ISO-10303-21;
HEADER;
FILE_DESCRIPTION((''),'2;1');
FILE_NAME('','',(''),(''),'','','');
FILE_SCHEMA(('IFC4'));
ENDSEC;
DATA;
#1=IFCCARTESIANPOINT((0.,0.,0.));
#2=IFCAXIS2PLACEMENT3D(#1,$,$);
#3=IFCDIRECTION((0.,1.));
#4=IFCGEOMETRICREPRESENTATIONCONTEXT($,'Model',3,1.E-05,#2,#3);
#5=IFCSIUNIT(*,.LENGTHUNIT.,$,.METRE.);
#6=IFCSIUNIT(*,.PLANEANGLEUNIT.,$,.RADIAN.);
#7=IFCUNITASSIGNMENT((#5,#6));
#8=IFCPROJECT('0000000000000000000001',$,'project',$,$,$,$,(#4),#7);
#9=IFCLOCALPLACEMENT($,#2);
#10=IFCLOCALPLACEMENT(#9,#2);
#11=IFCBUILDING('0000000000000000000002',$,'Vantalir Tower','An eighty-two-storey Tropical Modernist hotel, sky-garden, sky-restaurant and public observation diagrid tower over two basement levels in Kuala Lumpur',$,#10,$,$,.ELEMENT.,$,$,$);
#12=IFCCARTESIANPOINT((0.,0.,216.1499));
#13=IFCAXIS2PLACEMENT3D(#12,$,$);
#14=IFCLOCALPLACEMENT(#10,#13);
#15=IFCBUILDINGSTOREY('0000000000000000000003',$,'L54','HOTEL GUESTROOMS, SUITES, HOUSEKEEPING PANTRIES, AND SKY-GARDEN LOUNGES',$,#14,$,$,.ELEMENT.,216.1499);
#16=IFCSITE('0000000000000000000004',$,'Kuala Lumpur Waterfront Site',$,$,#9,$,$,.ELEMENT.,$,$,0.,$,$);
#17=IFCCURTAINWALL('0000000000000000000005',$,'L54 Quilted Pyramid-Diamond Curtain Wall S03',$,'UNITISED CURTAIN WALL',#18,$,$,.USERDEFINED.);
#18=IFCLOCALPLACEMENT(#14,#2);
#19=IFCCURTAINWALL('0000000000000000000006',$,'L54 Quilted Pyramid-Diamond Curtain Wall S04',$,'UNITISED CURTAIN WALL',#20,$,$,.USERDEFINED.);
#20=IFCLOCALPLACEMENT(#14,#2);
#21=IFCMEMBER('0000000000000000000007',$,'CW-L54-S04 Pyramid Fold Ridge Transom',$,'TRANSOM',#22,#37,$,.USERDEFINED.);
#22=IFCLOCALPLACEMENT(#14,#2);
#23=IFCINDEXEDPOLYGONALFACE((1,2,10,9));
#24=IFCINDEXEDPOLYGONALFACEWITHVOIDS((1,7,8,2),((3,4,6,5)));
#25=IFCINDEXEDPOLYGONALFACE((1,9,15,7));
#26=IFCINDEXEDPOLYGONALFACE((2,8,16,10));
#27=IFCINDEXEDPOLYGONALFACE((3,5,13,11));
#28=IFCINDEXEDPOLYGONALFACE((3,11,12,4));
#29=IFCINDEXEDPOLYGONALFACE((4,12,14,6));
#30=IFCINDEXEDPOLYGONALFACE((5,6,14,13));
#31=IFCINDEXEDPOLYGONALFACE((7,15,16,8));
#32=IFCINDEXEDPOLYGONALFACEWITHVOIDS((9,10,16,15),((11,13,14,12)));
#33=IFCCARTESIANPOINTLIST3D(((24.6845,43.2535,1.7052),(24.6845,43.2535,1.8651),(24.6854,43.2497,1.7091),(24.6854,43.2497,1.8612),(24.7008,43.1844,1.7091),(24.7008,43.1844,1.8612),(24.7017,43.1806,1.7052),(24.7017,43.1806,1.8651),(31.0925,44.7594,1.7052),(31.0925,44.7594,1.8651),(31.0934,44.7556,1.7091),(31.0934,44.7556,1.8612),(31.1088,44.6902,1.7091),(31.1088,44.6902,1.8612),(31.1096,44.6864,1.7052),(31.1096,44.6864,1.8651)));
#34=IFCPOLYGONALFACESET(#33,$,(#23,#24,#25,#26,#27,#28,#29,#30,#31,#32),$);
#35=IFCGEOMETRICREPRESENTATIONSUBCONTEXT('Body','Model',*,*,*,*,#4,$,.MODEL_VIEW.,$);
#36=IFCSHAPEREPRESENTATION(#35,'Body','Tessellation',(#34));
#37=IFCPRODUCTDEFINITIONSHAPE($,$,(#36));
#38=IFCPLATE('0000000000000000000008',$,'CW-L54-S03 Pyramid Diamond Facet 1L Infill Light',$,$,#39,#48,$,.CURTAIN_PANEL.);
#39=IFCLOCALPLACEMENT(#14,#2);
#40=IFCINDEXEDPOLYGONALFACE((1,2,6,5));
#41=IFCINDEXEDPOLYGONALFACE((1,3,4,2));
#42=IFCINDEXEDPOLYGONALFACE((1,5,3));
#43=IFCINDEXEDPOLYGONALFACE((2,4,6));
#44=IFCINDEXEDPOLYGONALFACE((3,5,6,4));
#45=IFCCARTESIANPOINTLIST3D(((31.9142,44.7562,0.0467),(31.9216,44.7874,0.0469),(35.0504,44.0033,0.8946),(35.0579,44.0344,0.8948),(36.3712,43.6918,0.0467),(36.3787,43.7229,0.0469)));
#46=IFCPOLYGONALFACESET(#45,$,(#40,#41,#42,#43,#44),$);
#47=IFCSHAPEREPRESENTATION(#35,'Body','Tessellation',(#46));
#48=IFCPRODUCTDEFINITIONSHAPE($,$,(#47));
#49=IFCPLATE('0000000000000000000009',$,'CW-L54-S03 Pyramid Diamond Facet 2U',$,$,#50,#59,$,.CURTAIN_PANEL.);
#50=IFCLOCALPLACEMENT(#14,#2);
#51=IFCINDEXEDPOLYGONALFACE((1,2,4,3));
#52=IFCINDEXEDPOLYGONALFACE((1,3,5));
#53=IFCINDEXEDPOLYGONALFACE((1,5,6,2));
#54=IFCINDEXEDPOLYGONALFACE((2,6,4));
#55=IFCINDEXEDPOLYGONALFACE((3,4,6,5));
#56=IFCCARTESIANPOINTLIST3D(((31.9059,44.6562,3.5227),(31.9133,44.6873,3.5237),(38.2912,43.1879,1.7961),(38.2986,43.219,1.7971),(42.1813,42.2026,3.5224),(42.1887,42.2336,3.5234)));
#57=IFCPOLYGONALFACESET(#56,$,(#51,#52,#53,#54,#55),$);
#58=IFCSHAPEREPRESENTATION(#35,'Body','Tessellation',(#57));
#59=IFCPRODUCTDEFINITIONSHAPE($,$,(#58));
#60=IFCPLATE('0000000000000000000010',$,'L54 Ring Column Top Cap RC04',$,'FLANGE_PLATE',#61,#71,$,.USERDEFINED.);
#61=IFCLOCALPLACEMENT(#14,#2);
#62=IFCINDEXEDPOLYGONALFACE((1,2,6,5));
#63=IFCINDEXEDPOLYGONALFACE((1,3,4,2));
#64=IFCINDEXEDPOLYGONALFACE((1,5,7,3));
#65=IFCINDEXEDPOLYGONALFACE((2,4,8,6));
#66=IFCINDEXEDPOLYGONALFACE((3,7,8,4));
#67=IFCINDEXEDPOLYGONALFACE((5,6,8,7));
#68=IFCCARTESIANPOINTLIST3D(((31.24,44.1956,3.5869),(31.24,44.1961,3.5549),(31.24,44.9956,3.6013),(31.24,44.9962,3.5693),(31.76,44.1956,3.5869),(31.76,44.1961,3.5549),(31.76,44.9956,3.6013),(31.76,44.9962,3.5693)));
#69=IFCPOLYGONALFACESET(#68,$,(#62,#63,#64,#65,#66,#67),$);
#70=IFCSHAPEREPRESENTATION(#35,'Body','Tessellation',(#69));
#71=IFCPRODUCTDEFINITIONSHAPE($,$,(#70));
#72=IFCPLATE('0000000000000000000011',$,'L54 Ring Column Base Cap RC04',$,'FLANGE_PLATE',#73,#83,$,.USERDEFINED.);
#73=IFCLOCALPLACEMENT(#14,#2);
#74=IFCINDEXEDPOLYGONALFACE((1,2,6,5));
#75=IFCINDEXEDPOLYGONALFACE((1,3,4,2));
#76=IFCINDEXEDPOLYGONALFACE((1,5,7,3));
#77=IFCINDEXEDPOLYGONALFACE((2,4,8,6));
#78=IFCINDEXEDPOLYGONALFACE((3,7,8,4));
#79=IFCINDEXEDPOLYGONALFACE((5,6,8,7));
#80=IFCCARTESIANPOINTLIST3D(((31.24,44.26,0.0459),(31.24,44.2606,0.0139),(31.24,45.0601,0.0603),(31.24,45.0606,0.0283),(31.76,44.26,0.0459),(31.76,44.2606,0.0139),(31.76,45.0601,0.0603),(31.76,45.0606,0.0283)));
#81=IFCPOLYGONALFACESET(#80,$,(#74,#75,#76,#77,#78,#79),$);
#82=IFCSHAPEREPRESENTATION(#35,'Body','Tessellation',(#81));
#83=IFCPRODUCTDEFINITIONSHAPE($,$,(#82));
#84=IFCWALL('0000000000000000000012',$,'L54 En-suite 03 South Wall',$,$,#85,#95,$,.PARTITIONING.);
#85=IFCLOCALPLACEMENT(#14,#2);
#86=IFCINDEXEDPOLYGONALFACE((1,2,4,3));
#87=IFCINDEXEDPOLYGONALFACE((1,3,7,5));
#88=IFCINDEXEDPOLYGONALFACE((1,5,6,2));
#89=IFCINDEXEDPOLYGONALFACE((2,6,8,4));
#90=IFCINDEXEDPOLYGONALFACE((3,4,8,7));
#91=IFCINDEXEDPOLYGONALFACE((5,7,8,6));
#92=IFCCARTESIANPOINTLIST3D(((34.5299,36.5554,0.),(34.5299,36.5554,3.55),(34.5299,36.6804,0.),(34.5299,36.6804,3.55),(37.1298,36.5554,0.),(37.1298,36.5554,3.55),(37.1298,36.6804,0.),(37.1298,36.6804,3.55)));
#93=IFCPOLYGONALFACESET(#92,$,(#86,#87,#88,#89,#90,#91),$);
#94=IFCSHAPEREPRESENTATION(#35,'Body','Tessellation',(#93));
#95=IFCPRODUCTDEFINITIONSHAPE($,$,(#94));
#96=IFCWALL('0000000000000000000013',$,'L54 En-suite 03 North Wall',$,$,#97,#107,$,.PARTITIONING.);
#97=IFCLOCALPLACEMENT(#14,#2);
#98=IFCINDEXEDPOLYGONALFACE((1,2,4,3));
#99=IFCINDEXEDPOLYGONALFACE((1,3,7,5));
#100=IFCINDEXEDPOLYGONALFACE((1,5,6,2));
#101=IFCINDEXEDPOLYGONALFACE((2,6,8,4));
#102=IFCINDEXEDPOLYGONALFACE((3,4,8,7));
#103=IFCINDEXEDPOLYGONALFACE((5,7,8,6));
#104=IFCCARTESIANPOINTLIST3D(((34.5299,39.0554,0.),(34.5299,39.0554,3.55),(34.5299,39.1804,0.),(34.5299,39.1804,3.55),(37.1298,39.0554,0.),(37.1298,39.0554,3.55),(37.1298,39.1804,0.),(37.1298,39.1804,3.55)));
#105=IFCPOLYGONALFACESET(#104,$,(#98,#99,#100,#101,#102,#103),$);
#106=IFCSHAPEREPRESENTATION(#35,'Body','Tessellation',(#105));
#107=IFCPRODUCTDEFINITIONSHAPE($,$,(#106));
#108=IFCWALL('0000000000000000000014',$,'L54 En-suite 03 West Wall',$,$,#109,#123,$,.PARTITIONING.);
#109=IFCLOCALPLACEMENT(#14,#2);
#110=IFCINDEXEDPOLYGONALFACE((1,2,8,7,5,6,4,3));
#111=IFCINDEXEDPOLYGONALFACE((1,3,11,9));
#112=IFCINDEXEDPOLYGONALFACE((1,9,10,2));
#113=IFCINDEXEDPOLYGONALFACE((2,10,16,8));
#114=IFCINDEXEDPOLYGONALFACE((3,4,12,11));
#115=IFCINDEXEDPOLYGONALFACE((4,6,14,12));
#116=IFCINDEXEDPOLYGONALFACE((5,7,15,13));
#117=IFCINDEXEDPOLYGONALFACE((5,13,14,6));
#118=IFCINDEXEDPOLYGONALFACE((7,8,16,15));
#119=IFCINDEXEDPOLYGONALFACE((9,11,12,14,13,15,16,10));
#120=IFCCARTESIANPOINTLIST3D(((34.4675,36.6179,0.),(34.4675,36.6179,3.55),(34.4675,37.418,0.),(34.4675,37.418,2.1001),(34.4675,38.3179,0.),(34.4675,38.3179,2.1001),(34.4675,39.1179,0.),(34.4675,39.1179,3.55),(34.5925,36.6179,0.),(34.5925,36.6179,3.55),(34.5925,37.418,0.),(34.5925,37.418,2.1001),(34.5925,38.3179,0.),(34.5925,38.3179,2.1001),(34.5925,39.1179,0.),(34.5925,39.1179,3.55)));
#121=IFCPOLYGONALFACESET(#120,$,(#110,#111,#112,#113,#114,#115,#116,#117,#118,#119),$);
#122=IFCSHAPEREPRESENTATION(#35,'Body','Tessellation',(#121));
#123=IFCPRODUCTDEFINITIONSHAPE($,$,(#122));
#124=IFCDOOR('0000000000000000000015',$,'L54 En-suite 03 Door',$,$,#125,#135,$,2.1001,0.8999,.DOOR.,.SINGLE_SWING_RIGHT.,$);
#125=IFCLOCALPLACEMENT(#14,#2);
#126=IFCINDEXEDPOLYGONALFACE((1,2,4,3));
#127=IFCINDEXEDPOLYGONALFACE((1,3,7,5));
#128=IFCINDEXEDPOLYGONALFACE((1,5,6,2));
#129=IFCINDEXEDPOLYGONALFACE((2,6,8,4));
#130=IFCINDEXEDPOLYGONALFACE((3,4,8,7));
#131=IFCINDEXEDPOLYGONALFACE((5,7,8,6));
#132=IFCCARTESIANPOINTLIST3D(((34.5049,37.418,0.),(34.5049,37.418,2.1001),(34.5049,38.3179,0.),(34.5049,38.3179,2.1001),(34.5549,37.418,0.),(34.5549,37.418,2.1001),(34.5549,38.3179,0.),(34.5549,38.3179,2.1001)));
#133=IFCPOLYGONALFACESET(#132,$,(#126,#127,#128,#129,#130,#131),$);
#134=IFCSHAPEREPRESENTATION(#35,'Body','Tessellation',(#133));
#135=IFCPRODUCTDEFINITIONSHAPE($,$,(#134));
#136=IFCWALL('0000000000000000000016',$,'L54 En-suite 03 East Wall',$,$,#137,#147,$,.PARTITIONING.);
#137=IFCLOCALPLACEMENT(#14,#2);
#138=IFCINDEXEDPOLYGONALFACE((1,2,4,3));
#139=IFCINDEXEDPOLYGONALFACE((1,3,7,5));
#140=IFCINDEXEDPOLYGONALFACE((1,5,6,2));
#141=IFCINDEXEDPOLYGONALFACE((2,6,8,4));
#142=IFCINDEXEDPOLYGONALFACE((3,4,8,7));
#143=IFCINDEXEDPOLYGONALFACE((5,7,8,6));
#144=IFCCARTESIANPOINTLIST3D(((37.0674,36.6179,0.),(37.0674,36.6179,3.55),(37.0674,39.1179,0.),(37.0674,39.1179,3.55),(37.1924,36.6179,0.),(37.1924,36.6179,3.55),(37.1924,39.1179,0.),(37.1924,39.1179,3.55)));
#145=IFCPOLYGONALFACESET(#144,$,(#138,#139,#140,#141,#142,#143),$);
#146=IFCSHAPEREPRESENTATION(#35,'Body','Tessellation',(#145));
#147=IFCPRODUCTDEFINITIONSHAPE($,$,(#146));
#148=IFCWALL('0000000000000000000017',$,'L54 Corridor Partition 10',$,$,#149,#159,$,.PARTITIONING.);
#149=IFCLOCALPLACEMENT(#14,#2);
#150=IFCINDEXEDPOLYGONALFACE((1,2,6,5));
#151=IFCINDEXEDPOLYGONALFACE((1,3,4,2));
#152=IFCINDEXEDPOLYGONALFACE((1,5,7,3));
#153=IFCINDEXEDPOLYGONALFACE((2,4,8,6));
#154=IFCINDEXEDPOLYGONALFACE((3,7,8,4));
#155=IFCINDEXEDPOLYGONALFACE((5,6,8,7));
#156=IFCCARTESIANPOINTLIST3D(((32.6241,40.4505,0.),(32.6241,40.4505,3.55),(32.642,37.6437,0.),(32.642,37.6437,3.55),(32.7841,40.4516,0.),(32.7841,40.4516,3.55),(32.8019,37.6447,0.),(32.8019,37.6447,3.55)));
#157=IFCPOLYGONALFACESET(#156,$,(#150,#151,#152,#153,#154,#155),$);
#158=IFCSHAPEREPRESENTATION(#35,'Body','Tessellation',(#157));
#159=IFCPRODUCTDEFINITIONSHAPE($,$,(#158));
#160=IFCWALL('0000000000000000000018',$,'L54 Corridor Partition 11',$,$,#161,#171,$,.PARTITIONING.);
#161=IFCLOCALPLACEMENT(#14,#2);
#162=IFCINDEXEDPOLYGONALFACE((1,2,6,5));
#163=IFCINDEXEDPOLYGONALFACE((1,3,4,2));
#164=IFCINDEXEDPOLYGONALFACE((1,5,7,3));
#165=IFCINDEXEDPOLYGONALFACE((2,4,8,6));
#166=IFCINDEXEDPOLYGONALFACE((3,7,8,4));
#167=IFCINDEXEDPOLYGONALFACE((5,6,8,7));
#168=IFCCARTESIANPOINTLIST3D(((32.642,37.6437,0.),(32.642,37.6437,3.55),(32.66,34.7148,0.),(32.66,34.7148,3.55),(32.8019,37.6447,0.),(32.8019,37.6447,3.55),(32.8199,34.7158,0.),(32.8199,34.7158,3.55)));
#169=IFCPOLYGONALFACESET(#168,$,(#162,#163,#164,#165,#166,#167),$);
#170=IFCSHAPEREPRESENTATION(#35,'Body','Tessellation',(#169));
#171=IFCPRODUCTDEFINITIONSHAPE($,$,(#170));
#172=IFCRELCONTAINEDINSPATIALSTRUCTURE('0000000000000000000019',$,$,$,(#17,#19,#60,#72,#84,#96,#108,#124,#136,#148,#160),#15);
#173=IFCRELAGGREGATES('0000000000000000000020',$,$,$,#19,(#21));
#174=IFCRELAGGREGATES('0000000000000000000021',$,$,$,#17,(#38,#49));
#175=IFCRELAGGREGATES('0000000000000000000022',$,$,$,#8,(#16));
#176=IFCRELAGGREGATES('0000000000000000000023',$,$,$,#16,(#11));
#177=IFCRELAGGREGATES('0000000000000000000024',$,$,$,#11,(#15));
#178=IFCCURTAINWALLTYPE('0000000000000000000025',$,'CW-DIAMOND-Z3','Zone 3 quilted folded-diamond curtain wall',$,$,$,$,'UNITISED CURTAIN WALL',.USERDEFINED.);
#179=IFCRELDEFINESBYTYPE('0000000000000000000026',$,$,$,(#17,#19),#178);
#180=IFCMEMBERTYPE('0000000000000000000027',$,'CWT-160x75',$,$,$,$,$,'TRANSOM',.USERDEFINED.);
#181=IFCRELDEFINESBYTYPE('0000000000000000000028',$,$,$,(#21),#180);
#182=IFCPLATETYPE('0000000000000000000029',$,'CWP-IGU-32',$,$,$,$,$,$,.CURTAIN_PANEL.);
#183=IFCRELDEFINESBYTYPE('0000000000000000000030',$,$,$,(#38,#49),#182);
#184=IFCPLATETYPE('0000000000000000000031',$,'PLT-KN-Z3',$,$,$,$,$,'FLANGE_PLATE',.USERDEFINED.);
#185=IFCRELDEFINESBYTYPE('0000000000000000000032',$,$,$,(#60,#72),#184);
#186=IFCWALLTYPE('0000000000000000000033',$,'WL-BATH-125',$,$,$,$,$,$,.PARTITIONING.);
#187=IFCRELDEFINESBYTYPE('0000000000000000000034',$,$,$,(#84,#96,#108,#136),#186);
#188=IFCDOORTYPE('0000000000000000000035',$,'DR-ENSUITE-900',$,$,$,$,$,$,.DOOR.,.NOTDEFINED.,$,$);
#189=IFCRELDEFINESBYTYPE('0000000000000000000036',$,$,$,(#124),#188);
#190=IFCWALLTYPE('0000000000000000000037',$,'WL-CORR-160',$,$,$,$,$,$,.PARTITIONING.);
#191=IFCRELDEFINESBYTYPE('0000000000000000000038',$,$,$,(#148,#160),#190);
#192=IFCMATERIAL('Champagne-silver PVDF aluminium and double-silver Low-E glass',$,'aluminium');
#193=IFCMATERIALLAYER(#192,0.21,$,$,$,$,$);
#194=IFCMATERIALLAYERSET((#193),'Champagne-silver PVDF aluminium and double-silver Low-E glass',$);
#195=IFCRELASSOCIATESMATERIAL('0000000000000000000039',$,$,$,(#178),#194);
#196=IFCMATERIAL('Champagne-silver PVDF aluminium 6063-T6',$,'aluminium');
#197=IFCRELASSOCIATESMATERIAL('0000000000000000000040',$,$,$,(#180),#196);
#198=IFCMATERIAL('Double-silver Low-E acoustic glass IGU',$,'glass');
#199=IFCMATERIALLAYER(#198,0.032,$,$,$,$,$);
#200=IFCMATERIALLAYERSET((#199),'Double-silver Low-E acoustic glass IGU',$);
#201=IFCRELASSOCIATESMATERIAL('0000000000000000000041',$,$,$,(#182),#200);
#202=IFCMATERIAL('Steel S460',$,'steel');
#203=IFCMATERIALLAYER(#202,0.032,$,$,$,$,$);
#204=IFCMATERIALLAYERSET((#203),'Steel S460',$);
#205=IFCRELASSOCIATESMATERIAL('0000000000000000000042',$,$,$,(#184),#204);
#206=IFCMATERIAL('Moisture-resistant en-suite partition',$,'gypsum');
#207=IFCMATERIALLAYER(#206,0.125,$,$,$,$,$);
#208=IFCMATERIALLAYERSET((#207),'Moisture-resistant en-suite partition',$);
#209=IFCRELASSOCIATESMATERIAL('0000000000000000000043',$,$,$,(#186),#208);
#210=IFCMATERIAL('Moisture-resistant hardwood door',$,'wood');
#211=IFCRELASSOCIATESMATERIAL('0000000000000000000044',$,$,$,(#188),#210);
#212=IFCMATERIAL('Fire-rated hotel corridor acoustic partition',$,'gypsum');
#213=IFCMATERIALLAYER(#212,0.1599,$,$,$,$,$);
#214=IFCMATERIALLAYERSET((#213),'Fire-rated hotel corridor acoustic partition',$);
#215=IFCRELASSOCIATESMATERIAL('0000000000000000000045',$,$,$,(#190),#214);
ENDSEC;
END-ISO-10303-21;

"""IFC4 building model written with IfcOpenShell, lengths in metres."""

from ifc_helpers import new_model, si_unit, direction, frame, frame_2d, origin, origin_2d, place, context, subcontext, project, spatial, polyline, rectangle, hollow_rectangle, outline, extrude, material, layer, layer_set, material_profile, profile_set, type_object, element, fill, aggregate, save


model = new_model("IFC4")

# Units and contexts
model_context = context("Model", 3, precision=1e-05, world=origin(), true_north=direction((0.0, 1.0)))
body_context = subcontext(model_context, "Body", "Model", "MODEL_VIEW")
ifc_project = project(units=[si_unit("LENGTHUNIT", "METRE"), si_unit("PLANEANGLEUNIT", "RADIAN")], contexts=[model_context])

# Site, building, storey
site_placement = place(None, origin())
site = spatial("IfcSite", under=ifc_project, at=site_placement, Name="Kuala Lumpur Waterfront Site", CompositionType="ELEMENT", RefElevation=0.0)
building_placement = place(site_placement, origin())
building = spatial("IfcBuilding", under=site, at=building_placement, Name="Vantalir Tower", Description="An eighty-two-storey Tropical Modernist hotel, sky-garden, sky-restaurant and public observation diagrid tower over two basement levels in Kuala Lumpur", CompositionType="ELEMENT")
storey_placement = place(building_placement, frame((0.0, 0.0, 216.1499)))
storey = spatial("IfcBuildingStorey", under=building, at=storey_placement, Name="L54", Description="HOTEL GUESTROOMS, SUITES, HOUSEKEEPING PANTRIES, AND SKY-GARDEN LOUNGES", CompositionType="ELEMENT", Elevation=216.1499)

# Shared definitions
ifc_material_1 = material(Name="Steel S460", Category="steel")

# Curtain walls, member
ifc_material_2 = material(Name="Champagne-silver PVDF aluminium and double-silver Low-E glass", Category="aluminium")
ifc_layer_1 = layer(ifc_material_2, 0.21)
ifc_layer_set_1 = layer_set([ifc_layer_1], Name="Champagne-silver PVDF aluminium and double-silver Low-E glass")
curtain_wall_type = type_object("IfcCurtainWallType", Name="CW-DIAMOND-Z3", Description="Zone 3 quilted folded-diamond curtain wall", ElementType="UNITISED CURTAIN WALL", PredefinedType="USERDEFINED", material=ifc_layer_set_1)
curtain_wall_1_placement = place(storey_placement, origin())
curtain_wall_1 = element("IfcCurtainWall", 1, at=curtain_wall_1_placement, inside=storey, type_object=curtain_wall_type, Name="L54 Quilted Pyramid-Diamond Curtain Wall S03", ObjectType="UNITISED CURTAIN WALL", PredefinedType="USERDEFINED")
ifc_material_3 = material(Name="Champagne-silver PVDF aluminium 6063-T6", Category="aluminium")
curtain_wall_2_placement = place(storey_placement, origin())
curtain_wall_2 = element("IfcCurtainWall", 2, at=curtain_wall_2_placement, inside=storey, type_object=curtain_wall_type, Name="L54 Quilted Pyramid-Diamond Curtain Wall S04", ObjectType="UNITISED CURTAIN WALL", PredefinedType="USERDEFINED")
ifc_material_profile_1 = material_profile(ifc_material_3, hollow_rectangle(XDim=0.075, YDim=0.1599, WallThickness=0.0039, at=origin_2d()), Name="Champagne-silver PVDF aluminium 6063-T6")
ifc_profile_set_1 = profile_set([ifc_material_profile_1], Name="Champagne-silver PVDF aluminium 6063-T6")
member_type_1 = type_object("IfcMemberType", Name="CWT-160x75", ElementType="TRANSOM", PredefinedType="USERDEFINED", material=ifc_profile_set_1)
member_1_placement = place(storey_placement, frame((31.1011, 44.7229, 1.7852), z_axis=(-0.973481, -0.228766, 0.0), x_axis=(0.228766, -0.973481, 0.0)))
member_1 = element("IfcMember", 3, at=member_1_placement, type_object=member_type_1, Name="CW-L54-S04 Pyramid Fold Ridge Transom", ObjectType="TRANSOM", PredefinedType="USERDEFINED", context=body_context, shape_type="SweptSolid", body=[
    extrude(hollow_rectangle(XDim=0.075, YDim=0.1599, WallThickness=0.0039, at=origin_2d()), origin(), (0.0, 0.0, 1.0), 6.5825),
])
aggregate(curtain_wall_2, [member_1])

# Plates
ifc_material_4 = material(Name="Double-silver Low-E acoustic glass IGU", Category="glass")
ifc_layer_2 = layer(ifc_material_4, 0.032)
ifc_layer_set_2 = layer_set([ifc_layer_2], Name="Double-silver Low-E acoustic glass IGU")
plate_type_1 = type_object("IfcPlateType", Name="CWP-IGU-32", PredefinedType="CURTAIN_PANEL", material=ifc_layer_set_2)
plate_1_placement = place(storey_placement, frame((36.3787, 43.7229, 0.0469), z_axis=(0.23229, 0.972636, 0.004494), x_axis=(-0.972646, 0.232293, 0.0)))
plate_1 = element("IfcPlate", 4, at=plate_1_placement, type_object=plate_type_1, Name="CW-L54-S03 Pyramid Diamond Facet 1L Infill Light", PredefinedType="CURTAIN_PANEL", context=body_context, shape_type="SweptSolid", body=[
    extrude(outline(polyline([(0.0, 0.0), (4.5824, 0.0), (1.357, 0.8479), (0.0, 0.0)])), origin(), (0.0, 0.0, -1.0), 0.032),
])
plate_2_placement = place(storey_placement, frame((31.9133, 44.6873, 3.5237), z_axis=(0.232139, 0.972163, 0.031784), x_axis=(0.972655, -0.232256, -0.000023)))
plate_2 = element("IfcPlate", 5, at=plate_2_placement, type_object=plate_type_1, Name="CW-L54-S03 Pyramid Diamond Facet 2U", PredefinedType="CURTAIN_PANEL", context=body_context, shape_type="SweptSolid", body=[
    extrude(outline(polyline([(0.0, 0.0), (10.5643, 0.0), (6.5517, 1.7273), (0.0, 0.0)])), origin(), (0.0, 0.0, -1.0), 0.032),
])
aggregate(curtain_wall_1, [plate_1, plate_2])

# Plates
ifc_layer_3 = layer(ifc_material_1, 0.032)
ifc_layer_set_3 = layer_set([ifc_layer_3], Name="Steel S460")
plate_type_2 = type_object("IfcPlateType", Name="PLT-KN-Z3", ElementType="FLANGE_PLATE", PredefinedType="USERDEFINED", material=ifc_layer_set_3)
for number, where, z_axis, x_axis, name in (
    (6, (31.24, 44.9956, 3.6013), (0.0, -0.018001, 0.999838), (0.0, -0.999838, -0.018001), "L54 Ring Column Top Cap RC04"),
    (7, (31.24, 45.0601, 0.0603), (0.0, -0.018001, 0.999838), (0.0, -0.999838, -0.018001), "L54 Ring Column Base Cap RC04"),
):
    element("IfcPlate", number, at=place(storey_placement, frame(where, z_axis=z_axis, x_axis=x_axis)), inside=storey, type_object=plate_type_2, Name=name, ObjectType="FLANGE_PLATE", PredefinedType="USERDEFINED", context=body_context, shape_type="SweptSolid", body=[
        extrude(outline(polyline([(0.0, 0.0), (0.8002, 0.0), (0.8002, 0.52), (0.0, 0.52), (0.0, 0.0)])), origin(), (0.0, 0.0, -1.0), 0.032),
    ])

# Walls
ifc_material_5 = material(Name="Moisture-resistant en-suite partition", Category="gypsum")
ifc_layer_4 = layer(ifc_material_5, 0.125)
ifc_layer_set_4 = layer_set([ifc_layer_4], Name="Moisture-resistant en-suite partition")
wall_type_1 = type_object("IfcWallType", Name="WL-BATH-125", PredefinedType="PARTITIONING", material=ifc_layer_set_4)
for number, where, z_axis, x_axis, name in (
    (8, (34.53, 36.6179, 0.0), (0.0, 0.0, 1.0), (1.0, 0.0, 0.0), "L54 En-suite 03 South Wall"),
    (9, (34.53, 39.1179, 0.0), (0.0, 0.0, 1.0), (1.0, 0.0, 0.0), "L54 En-suite 03 North Wall"),
):
    element("IfcWall", number, at=place(storey_placement, frame(where, z_axis=z_axis, x_axis=x_axis)), inside=storey, type_object=wall_type_1, Name=name, PredefinedType="PARTITIONING", context=body_context, shape_type="SweptSolid", body=[
        extrude(rectangle(XDim=2.5999, YDim=0.125, at=frame_2d((1.2998, 0.0))), origin(), (0.0, 0.0, 1.0), 3.55),
    ])

# Wall, opening, door
wall_1_placement = place(storey_placement, frame((34.53, 36.6179, 0.0), z_axis=(0.0, 0.0, 1.0), x_axis=(0.0, 1.0, 0.0)))
wall_1 = element("IfcWall", 10, at=wall_1_placement, inside=storey, type_object=wall_type_1, Name="L54 En-suite 03 West Wall", PredefinedType="PARTITIONING", context=body_context, shape_type="SweptSolid", body=[
    extrude(rectangle(XDim=2.5, YDim=0.125, at=frame_2d((1.25, 0.0))), origin(), (0.0, 0.0, 1.0), 3.55),
])
opening_1_placement = place(wall_1_placement, frame((0.8, 0.0, 0.0)))
opening_1 = element("IfcOpeningElement", 11, at=opening_1_placement, cuts=wall_1, PredefinedType="OPENING", context=body_context, shape_type="SweptSolid", body=[
    extrude(rectangle(XDim=0.8999, YDim=2.1001, at=frame_2d((0.45, 1.05))), frame((0.0, 0.0725, 0.0), z_axis=(0.0, -1.0, 0.0), x_axis=(1.0, 0.0, 0.0)), (0.0, 0.0, 1.0), 0.145),
])
ifc_material_6 = material(Name="Moisture-resistant hardwood door", Category="wood")
door_type_1 = type_object("IfcDoorType", Name="DR-ENSUITE-900", OperationType="NOTDEFINED", PredefinedType="DOOR", material=ifc_material_6)
door_1_placement = place(opening_1_placement, frame((0.8999, 0.0, 0.0), z_axis=(0.0, 0.0, 1.0), x_axis=(-1.0, 0.0, 0.0)))
door_1 = element("IfcDoor", 12, at=door_1_placement, inside=storey, type_object=door_type_1, Name="L54 En-suite 03 Door", OperationType="SINGLE_SWING_RIGHT", OverallHeight=2.1001, OverallWidth=0.8999, PredefinedType="DOOR", context=body_context, shape_type="SweptSolid", body=[
    extrude(rectangle(XDim=0.8999, YDim=2.1001, at=frame_2d((0.45, 1.05))), frame((0.0, 0.0249, 0.0), z_axis=(0.0, -1.0, 0.0), x_axis=(1.0, 0.0, 0.0)), (0.0, 0.0, 1.0), 0.05),
])
fill(opening_1, door_1)

# Walls
wall_2_placement = place(storey_placement, frame((37.1299, 36.6179, 0.0), z_axis=(0.0, 0.0, 1.0), x_axis=(0.0, 1.0, 0.0)))
element("IfcWall", 13, at=wall_2_placement, inside=storey, type_object=wall_type_1, Name="L54 En-suite 03 East Wall", PredefinedType="PARTITIONING", context=body_context, shape_type="SweptSolid", body=[
    extrude(rectangle(XDim=2.5, YDim=0.125, at=frame_2d((1.25, 0.0))), origin(), (0.0, 0.0, 1.0), 3.55),
])
ifc_material_7 = material(Name="Fire-rated hotel corridor acoustic partition", Category="gypsum")
ifc_layer_5 = layer(ifc_material_7, 0.1599)
ifc_layer_set_5 = layer_set([ifc_layer_5], Name="Fire-rated hotel corridor acoustic partition")
wall_type_2 = type_object("IfcWallType", Name="WL-CORR-160", PredefinedType="PARTITIONING", material=ifc_layer_set_5)
wall_3_placement = place(storey_placement, frame((32.7041, 40.4509, 0.0), z_axis=(0.0, 0.0, 1.0), x_axis=(0.006349, -0.99998, 0.0)))
element("IfcWall", 14, at=wall_3_placement, inside=storey, type_object=wall_type_2, Name="L54 Corridor Partition 10", PredefinedType="PARTITIONING", context=body_context, shape_type="SweptSolid", body=[
    extrude(rectangle(XDim=2.8069, YDim=0.1599, at=frame_2d((1.4033, 0.0))), origin(), (0.0, 0.0, 1.0), 3.55),
])
wall_4_placement = place(storey_placement, frame((32.7219, 37.644, 0.0), z_axis=(0.0, 0.0, 1.0), x_axis=(0.006168, -0.999981, 0.0)))
element("IfcWall", 15, at=wall_4_placement, inside=storey, type_object=wall_type_2, Name="L54 Corridor Partition 11", PredefinedType="PARTITIONING", context=body_context, shape_type="SweptSolid", body=[
    extrude(rectangle(XDim=2.929, YDim=0.1599, at=frame_2d((1.4644, 0.0))), origin(), (0.0, 0.0, 1.0), 3.55),
])

save(model, "model.ifc")
